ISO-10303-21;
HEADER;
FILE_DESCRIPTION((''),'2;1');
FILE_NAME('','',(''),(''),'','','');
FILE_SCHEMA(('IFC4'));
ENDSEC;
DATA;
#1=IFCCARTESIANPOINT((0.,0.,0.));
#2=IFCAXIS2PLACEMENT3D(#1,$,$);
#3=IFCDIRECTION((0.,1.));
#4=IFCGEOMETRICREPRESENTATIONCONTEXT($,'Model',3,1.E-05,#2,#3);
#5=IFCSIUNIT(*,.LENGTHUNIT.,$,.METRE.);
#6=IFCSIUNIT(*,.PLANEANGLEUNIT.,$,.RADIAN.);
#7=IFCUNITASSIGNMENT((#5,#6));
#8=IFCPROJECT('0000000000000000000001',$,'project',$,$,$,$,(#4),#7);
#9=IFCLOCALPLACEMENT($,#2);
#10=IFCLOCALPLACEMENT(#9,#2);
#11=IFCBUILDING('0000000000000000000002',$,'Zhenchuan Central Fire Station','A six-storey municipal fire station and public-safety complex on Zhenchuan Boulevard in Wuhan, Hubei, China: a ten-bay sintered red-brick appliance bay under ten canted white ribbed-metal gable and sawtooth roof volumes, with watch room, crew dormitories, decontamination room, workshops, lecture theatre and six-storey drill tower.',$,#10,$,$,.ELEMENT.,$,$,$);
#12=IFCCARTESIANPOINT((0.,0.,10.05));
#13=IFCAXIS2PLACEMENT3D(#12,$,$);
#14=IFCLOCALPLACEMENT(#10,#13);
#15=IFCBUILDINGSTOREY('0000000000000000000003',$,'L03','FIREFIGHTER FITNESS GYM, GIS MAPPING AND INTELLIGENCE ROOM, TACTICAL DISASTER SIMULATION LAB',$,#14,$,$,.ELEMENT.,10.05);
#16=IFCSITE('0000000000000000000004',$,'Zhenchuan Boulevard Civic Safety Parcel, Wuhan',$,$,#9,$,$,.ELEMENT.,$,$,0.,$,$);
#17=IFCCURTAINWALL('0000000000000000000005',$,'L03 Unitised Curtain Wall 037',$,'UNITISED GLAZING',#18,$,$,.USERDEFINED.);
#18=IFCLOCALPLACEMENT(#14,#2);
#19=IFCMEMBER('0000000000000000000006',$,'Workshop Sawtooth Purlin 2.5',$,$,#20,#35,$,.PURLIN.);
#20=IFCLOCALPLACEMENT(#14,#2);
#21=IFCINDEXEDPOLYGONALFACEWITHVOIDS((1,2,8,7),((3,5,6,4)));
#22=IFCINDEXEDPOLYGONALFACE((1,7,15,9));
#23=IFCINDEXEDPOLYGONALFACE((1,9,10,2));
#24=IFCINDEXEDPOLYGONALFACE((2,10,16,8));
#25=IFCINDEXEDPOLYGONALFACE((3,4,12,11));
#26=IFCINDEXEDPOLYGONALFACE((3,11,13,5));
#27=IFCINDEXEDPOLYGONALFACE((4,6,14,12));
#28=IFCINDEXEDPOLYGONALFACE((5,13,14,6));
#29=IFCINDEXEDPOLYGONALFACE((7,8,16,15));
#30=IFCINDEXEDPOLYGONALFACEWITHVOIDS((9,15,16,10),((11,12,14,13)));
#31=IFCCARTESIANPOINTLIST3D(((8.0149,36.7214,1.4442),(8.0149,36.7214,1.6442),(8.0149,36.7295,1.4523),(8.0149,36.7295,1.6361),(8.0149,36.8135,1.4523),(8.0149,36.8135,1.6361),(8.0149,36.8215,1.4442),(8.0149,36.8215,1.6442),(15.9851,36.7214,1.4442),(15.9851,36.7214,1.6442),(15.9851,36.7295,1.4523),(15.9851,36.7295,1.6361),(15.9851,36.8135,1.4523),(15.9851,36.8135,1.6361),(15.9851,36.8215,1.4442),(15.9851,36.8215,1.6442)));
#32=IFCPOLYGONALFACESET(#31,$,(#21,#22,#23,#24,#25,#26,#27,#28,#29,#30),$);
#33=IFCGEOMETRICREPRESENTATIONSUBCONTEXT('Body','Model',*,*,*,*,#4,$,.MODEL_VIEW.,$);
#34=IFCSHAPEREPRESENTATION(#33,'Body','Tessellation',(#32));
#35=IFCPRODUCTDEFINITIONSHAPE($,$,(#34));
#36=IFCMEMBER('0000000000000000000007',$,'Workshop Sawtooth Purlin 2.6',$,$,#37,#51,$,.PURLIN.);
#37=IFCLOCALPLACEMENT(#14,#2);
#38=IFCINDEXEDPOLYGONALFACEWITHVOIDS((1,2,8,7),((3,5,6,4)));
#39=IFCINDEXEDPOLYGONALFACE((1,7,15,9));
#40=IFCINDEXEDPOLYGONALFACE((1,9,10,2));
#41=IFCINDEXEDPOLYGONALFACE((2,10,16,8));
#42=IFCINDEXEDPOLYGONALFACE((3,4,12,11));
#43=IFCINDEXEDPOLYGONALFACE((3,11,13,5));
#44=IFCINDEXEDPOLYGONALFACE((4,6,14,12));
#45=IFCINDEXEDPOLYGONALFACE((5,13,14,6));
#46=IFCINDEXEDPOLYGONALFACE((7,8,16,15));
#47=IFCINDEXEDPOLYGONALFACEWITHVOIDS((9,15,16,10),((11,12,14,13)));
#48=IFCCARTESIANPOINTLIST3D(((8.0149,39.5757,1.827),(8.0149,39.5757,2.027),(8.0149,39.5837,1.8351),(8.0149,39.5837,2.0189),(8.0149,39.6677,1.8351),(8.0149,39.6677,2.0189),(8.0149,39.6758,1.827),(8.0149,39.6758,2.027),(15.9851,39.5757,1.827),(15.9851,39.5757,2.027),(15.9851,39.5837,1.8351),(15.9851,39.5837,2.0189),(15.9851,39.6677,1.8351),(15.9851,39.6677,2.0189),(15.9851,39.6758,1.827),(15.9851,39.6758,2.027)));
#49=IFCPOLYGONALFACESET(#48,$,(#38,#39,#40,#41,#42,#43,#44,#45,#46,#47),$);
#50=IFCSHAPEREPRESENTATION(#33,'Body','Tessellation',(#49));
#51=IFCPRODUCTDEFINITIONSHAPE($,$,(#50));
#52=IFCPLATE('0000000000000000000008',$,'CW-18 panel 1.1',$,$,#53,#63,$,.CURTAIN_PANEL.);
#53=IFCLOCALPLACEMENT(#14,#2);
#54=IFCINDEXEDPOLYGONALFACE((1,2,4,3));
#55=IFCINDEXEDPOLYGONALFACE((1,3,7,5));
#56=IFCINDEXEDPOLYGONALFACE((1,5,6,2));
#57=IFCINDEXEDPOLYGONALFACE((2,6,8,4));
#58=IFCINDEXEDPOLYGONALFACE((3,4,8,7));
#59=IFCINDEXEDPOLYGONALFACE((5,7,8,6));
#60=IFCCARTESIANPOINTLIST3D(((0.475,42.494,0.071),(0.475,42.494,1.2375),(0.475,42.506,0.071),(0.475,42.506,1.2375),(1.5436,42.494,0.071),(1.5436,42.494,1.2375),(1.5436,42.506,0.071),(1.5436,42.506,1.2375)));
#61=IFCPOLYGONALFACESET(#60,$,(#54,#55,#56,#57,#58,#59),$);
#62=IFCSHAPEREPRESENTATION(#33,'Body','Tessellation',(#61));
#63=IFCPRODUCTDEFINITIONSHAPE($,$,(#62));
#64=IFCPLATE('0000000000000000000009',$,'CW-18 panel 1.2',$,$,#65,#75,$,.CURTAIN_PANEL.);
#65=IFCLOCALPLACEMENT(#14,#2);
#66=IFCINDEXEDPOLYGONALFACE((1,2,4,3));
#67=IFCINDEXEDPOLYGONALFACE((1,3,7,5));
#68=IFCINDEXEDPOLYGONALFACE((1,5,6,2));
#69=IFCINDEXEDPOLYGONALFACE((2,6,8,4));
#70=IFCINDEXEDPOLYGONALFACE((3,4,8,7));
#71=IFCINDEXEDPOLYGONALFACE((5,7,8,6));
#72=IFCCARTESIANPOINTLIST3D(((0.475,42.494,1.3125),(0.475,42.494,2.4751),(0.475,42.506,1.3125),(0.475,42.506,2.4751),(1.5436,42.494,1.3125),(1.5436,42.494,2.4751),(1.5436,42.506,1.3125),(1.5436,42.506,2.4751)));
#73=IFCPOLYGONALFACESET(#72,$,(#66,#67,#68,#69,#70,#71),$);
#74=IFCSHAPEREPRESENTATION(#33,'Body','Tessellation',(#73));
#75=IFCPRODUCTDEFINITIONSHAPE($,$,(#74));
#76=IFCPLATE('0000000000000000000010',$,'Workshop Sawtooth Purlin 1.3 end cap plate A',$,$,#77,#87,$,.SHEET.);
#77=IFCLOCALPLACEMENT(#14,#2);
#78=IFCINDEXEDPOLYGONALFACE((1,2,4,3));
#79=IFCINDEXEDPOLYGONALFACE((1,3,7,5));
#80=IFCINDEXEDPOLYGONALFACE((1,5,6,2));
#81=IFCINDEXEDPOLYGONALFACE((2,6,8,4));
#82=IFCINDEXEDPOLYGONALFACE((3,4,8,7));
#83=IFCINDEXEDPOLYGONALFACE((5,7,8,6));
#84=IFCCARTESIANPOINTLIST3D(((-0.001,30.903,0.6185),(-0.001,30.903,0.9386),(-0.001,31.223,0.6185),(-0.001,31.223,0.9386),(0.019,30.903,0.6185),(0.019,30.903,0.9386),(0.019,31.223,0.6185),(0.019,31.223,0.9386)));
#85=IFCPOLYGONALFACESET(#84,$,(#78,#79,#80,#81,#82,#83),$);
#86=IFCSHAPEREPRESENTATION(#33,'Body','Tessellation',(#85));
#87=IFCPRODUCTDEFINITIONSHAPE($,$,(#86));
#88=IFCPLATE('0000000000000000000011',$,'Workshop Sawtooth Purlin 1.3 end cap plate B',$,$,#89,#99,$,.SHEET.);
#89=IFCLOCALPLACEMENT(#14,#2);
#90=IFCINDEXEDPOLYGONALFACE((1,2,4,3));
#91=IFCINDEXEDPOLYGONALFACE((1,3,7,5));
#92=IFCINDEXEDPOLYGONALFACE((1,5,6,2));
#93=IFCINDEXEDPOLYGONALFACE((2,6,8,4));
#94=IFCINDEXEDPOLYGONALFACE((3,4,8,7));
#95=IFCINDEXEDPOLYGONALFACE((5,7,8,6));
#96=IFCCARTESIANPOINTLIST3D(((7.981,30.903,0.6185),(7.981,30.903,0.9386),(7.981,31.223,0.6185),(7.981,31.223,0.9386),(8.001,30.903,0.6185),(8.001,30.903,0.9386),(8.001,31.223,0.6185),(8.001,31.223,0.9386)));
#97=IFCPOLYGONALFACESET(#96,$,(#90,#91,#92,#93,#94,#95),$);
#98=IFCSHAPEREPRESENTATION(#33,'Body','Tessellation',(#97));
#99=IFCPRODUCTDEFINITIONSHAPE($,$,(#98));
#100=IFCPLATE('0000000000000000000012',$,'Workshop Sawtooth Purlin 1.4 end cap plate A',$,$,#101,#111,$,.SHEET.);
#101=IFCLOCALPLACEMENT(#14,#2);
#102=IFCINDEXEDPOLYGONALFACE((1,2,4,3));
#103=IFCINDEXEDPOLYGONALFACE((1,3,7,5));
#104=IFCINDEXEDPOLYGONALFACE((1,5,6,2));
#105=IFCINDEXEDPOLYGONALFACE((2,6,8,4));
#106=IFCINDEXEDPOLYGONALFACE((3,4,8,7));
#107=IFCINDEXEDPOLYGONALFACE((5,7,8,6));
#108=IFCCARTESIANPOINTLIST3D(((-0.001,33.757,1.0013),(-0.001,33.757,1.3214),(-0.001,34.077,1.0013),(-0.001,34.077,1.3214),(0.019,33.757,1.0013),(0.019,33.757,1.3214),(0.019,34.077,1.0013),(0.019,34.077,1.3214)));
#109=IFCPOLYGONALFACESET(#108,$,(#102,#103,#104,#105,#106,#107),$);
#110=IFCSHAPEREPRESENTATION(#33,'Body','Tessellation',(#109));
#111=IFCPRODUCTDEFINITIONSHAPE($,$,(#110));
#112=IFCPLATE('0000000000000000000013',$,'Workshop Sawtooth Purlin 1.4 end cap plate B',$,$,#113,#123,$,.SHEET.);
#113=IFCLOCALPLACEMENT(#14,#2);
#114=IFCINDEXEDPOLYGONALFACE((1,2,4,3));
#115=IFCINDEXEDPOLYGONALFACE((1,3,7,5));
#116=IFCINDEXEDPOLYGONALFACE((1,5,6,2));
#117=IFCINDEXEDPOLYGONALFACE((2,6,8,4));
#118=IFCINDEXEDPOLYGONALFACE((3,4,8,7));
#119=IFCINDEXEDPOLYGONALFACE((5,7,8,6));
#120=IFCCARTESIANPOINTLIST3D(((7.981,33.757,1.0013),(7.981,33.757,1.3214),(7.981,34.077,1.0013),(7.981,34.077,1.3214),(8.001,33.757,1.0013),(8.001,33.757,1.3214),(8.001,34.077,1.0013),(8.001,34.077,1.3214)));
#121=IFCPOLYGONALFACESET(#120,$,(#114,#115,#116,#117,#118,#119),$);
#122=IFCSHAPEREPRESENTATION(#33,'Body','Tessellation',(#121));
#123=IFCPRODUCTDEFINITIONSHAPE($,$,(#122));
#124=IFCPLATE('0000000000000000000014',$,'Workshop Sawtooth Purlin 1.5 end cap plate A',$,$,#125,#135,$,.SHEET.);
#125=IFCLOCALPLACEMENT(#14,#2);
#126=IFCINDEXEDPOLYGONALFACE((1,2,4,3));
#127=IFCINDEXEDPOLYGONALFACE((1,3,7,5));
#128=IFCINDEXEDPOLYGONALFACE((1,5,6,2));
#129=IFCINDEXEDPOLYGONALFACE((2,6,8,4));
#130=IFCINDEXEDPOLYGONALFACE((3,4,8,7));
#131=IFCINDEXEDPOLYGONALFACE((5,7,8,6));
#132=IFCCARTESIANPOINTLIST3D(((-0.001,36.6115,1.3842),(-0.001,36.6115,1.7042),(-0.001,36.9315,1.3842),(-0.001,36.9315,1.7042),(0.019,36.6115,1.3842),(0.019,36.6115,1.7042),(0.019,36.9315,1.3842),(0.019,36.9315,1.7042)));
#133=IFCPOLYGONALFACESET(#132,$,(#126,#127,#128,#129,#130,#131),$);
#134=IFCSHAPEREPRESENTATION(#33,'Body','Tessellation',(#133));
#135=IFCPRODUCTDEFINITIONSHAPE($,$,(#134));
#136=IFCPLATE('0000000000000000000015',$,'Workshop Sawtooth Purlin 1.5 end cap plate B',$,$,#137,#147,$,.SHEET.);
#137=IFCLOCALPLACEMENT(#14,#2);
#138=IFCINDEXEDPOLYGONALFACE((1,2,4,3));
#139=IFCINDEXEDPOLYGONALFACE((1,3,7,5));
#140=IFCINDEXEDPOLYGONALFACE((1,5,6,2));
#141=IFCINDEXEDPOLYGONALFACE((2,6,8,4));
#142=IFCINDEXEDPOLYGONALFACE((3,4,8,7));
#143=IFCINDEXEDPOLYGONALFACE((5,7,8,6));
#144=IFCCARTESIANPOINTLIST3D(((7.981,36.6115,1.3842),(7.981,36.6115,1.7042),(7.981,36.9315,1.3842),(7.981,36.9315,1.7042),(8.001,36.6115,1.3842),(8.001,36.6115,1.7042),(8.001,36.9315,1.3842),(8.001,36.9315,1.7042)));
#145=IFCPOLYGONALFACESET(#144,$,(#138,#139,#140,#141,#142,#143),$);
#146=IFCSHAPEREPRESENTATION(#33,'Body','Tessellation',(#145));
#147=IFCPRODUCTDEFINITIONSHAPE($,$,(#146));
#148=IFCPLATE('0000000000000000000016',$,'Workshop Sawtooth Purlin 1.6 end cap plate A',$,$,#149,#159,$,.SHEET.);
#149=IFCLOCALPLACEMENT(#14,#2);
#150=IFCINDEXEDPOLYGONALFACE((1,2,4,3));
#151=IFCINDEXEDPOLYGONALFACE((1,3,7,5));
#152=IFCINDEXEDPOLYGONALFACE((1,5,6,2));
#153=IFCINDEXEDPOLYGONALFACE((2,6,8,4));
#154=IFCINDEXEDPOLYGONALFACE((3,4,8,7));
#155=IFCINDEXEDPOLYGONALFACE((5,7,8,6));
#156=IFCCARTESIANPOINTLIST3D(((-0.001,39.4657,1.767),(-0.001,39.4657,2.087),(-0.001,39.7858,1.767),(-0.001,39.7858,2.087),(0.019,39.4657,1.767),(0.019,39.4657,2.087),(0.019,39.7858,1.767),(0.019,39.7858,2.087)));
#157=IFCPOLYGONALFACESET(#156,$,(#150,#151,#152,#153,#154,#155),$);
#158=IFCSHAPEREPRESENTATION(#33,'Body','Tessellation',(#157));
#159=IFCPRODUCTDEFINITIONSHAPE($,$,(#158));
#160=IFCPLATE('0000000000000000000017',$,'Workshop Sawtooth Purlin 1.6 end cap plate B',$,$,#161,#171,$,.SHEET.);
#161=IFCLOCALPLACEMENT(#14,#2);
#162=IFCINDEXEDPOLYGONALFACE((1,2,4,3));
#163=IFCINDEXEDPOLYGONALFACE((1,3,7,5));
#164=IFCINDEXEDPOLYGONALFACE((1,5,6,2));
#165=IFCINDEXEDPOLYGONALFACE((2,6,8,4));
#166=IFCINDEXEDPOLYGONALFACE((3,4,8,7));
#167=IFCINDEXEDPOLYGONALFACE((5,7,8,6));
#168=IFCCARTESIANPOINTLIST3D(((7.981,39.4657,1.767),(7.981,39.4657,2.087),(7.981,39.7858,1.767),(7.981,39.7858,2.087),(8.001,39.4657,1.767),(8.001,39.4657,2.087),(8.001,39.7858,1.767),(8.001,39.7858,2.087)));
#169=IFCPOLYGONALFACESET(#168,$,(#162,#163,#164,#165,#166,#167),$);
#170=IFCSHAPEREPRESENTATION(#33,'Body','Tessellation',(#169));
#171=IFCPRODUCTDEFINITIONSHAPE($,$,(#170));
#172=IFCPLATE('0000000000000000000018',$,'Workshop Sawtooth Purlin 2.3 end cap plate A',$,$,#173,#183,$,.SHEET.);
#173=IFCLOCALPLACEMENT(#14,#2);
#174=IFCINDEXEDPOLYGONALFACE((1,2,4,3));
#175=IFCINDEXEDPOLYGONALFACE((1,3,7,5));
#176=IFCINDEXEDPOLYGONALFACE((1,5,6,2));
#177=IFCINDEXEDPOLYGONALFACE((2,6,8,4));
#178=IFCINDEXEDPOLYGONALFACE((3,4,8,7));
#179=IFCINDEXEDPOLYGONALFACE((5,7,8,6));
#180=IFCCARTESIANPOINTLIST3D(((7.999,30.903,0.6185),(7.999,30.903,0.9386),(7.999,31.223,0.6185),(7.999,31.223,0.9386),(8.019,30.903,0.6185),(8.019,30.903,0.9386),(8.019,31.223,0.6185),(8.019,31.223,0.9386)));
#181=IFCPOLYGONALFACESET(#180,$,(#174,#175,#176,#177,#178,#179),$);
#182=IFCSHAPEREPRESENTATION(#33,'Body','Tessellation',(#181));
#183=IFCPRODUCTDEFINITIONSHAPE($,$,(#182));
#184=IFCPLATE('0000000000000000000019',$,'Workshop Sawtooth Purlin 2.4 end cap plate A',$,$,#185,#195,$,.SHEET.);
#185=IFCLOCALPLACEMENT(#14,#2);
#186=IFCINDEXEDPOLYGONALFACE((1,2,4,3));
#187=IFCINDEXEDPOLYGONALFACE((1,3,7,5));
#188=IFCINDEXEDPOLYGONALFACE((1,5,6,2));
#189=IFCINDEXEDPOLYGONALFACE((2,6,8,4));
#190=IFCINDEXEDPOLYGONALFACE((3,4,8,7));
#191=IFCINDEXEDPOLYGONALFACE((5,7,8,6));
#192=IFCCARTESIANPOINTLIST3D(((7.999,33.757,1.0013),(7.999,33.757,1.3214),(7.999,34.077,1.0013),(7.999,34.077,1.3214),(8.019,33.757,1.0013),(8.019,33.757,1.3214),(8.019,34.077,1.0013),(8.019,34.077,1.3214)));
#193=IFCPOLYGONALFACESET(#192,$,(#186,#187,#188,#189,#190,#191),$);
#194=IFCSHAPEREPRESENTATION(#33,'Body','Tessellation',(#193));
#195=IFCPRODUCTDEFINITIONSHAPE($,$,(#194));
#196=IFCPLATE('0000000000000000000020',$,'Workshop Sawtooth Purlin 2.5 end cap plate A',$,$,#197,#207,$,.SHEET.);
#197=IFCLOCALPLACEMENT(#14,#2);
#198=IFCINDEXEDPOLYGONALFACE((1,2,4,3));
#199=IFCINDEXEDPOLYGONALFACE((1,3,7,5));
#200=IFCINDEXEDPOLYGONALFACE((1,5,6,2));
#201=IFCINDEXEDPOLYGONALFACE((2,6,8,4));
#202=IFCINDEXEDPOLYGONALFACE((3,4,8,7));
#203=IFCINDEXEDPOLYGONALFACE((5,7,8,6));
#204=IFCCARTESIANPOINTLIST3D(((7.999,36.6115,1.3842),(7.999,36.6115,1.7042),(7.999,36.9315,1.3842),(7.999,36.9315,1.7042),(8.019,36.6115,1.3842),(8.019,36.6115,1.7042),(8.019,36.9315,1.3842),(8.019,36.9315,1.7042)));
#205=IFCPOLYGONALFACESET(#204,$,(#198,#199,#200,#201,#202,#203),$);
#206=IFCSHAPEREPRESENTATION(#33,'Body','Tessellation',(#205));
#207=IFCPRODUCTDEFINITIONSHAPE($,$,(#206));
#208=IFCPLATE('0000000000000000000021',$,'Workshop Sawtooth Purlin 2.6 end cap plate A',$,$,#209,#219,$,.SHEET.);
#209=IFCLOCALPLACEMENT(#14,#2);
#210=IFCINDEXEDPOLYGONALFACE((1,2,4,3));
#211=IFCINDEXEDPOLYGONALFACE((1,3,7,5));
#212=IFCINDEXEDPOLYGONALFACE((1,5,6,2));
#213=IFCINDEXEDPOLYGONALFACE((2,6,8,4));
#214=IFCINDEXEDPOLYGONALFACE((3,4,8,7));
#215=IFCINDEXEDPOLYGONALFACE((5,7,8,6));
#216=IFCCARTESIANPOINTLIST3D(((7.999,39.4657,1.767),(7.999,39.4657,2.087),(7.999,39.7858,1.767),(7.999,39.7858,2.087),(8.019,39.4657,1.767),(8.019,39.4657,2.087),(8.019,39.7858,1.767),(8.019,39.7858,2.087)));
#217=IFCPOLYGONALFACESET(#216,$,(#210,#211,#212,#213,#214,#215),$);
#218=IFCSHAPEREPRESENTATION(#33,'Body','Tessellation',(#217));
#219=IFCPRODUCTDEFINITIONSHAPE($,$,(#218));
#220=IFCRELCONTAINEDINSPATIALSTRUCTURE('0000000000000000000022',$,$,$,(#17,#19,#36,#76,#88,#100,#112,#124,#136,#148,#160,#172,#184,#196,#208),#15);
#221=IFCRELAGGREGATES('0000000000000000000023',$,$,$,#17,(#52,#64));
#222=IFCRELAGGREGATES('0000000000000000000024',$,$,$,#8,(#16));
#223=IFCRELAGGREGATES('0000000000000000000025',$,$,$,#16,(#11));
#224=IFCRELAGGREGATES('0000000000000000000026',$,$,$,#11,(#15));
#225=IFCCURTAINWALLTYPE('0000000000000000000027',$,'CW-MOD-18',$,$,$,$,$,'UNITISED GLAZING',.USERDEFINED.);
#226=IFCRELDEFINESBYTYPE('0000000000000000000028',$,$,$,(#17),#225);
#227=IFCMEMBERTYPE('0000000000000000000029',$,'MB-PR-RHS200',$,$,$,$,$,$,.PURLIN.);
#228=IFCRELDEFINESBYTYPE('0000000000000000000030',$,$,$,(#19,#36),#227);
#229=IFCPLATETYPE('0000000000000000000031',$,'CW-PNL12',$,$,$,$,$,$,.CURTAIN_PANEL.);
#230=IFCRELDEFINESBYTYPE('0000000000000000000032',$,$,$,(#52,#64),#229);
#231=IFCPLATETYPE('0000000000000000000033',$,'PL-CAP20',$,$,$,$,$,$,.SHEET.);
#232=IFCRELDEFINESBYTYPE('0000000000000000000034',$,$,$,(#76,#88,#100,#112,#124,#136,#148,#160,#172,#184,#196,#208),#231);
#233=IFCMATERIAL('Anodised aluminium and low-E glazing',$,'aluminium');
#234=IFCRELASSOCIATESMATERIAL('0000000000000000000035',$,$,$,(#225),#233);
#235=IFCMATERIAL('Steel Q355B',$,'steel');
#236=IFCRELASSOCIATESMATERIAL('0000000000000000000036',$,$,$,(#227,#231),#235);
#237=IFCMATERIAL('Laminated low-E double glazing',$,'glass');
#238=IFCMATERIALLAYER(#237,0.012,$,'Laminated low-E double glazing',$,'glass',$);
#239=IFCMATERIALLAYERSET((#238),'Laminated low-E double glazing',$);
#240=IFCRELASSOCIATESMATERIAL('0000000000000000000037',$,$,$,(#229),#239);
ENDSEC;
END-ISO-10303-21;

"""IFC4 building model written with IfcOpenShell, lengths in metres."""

from ifc_helpers import new_model, si_unit, direction, frame, origin, origin_2d, place, context, subcontext, project, spatial, rectangle, hollow_rectangle, extrude, material, layer, layer_set, material_profile, profile_set, type_object, element, aggregate, save


model = new_model("IFC4")

# Units and contexts
model_context = context("Model", 3, precision=1e-05, world=origin(), true_north=direction((0.0, 1.0)))
body_context = subcontext(model_context, "Body", "Model", "MODEL_VIEW")
ifc_project = project(units=[si_unit("LENGTHUNIT", "METRE"), si_unit("PLANEANGLEUNIT", "RADIAN")], contexts=[model_context])

# Site, building, storey
site_placement = place(None, origin())
site = spatial("IfcSite", under=ifc_project, at=site_placement, Name="Zhenchuan Boulevard Civic Safety Parcel, Wuhan", CompositionType="ELEMENT", RefElevation=0.0)
building_placement = place(site_placement, origin())
building = spatial("IfcBuilding", under=site, at=building_placement, Name="Zhenchuan Central Fire Station", Description="A six-storey municipal fire station and public-safety complex on Zhenchuan Boulevard in Wuhan, Hubei, China: a ten-bay sintered red-brick appliance bay under ten canted white ribbed-metal gable and sawtooth roof volumes, with watch room, crew dormitories, decontamination room, workshops, lecture theatre and six-storey drill tower.", CompositionType="ELEMENT")
storey_placement = place(building_placement, frame((0.0, 0.0, 10.05)))
storey = spatial("IfcBuildingStorey", under=building, at=storey_placement, Name="L03", Description="FIREFIGHTER FITNESS GYM, GIS MAPPING AND INTELLIGENCE ROOM, TACTICAL DISASTER SIMULATION LAB", CompositionType="ELEMENT", Elevation=10.05)

# Shared definitions
ifc_material_1 = material(Name="Steel Q355B", Category="steel")

# Curtain wall
ifc_material_2 = material(Name="Anodised aluminium and low-E glazing", Category="aluminium")
curtain_wall_type = type_object("IfcCurtainWallType", Name="CW-MOD-18", ElementType="UNITISED GLAZING", PredefinedType="USERDEFINED", material=ifc_material_2)
curtain_wall_placement = place(storey_placement, origin())
curtain_wall = element("IfcCurtainWall", 1, at=curtain_wall_placement, inside=storey, type_object=curtain_wall_type, Name="L03 Unitised Curtain Wall 037", ObjectType="UNITISED GLAZING", PredefinedType="USERDEFINED")

# Members
ifc_material_profile_1 = material_profile(ifc_material_1, hollow_rectangle(XDim=0.1001, YDim=0.2, WallThickness=0.0081, at=origin_2d()), Name="RHS 200x100x8")
ifc_profile_set_1 = profile_set([ifc_material_profile_1], Name="Steel Q355B")
member_type_1 = type_object("IfcMemberType", Name="MB-PR-RHS200", PredefinedType="PURLIN", material=ifc_profile_set_1)
for number, where, z_axis, x_axis, name in (
    (2, (8.0149, 36.7715, 1.5442), (1.0, 0.0, 0.0), (0.0, 1.0, 0.0), "Workshop Sawtooth Purlin 2.5"),
    (3, (8.0149, 39.6257, 1.927), (1.0, 0.0, 0.0), (0.0, 1.0, 0.0), "Workshop Sawtooth Purlin 2.6"),
):
    element("IfcMember", number, at=place(storey_placement, frame(where, z_axis=z_axis, x_axis=x_axis)), inside=storey, type_object=member_type_1, Name=name, PredefinedType="PURLIN", context=body_context, shape_type="SweptSolid", body=[
        extrude(hollow_rectangle(XDim=0.1001, YDim=0.2, WallThickness=0.0081, at=origin_2d()), origin(), (0.0, 0.0, 1.0), 7.9702),
    ])

# Plates
ifc_material_3 = material(Name="Laminated low-E double glazing", Category="glass")
ifc_layer = layer(ifc_material_3, 0.012, Name="Laminated low-E double glazing", Category="glass")
ifc_layer_set = layer_set([ifc_layer], Name="Laminated low-E double glazing")
plate_type_1 = type_object("IfcPlateType", Name="CW-PNL12", PredefinedType="CURTAIN_PANEL", material=ifc_layer_set)
plate_1_placement = place(storey_placement, frame((1.0093, 42.5, 0.071), z_axis=(0.0, 0.0, 1.0), x_axis=(1.0, 0.0, 0.0)))
plate_1 = element("IfcPlate", 4, at=plate_1_placement, type_object=plate_type_1, Name="CW-18 panel 1.1", PredefinedType="CURTAIN_PANEL", context=body_context, shape_type="SweptSolid", body=[
    extrude(rectangle(XDim=1.0686, YDim=0.012, at=origin_2d()), origin(), (0.0, 0.0, 1.0), 1.1665),
])
plate_2_placement = place(storey_placement, frame((1.0093, 42.5, 1.3125), z_axis=(0.0, 0.0, 1.0), x_axis=(1.0, 0.0, 0.0)))
plate_2 = element("IfcPlate", 5, at=plate_2_placement, type_object=plate_type_1, Name="CW-18 panel 1.2", PredefinedType="CURTAIN_PANEL", context=body_context, shape_type="SweptSolid", body=[
    extrude(rectangle(XDim=1.0686, YDim=0.012, at=origin_2d()), origin(), (0.0, 0.0, 1.0), 1.1626),
])
aggregate(curtain_wall, [plate_1, plate_2])

# Plates
ifc_material_profile_2 = material_profile(ifc_material_1, rectangle(XDim=0.3201, YDim=0.3201, at=origin_2d()), Name="PL 320x320x20")
ifc_profile_set_2 = profile_set([ifc_material_profile_2], Name="Steel Q355B")
plate_type_2 = type_object("IfcPlateType", Name="PL-CAP20", PredefinedType="SHEET", material=ifc_profile_set_2)
for number, where, z_axis, x_axis, name in (
    (6, (-0.001, 31.063, 0.7786), (1.0, 0.0, 0.0), (0.0, 1.0, 0.0), "Workshop Sawtooth Purlin 1.3 end cap plate A"),
    (7, (7.981, 31.063, 0.7786), (1.0, 0.0, 0.0), (0.0, 1.0, 0.0), "Workshop Sawtooth Purlin 1.3 end cap plate B"),
    (8, (-0.001, 33.917, 1.1614), (1.0, 0.0, 0.0), (0.0, 1.0, 0.0), "Workshop Sawtooth Purlin 1.4 end cap plate A"),
    (9, (7.981, 33.917, 1.1614), (1.0, 0.0, 0.0), (0.0, 1.0, 0.0), "Workshop Sawtooth Purlin 1.4 end cap plate B"),
    (10, (-0.001, 36.7715, 1.5442), (1.0, 0.0, 0.0), (0.0, 1.0, 0.0), "Workshop Sawtooth Purlin 1.5 end cap plate A"),
    (11, (7.981, 36.7715, 1.5442), (1.0, 0.0, 0.0), (0.0, 1.0, 0.0), "Workshop Sawtooth Purlin 1.5 end cap plate B"),
    (12, (-0.001, 39.6257, 1.927), (1.0, 0.0, 0.0), (0.0, 1.0, 0.0), "Workshop Sawtooth Purlin 1.6 end cap plate A"),
    (13, (7.981, 39.6257, 1.927), (1.0, 0.0, 0.0), (0.0, 1.0, 0.0), "Workshop Sawtooth Purlin 1.6 end cap plate B"),
    (14, (7.999, 31.063, 0.7786), (1.0, 0.0, 0.0), (0.0, 1.0, 0.0), "Workshop Sawtooth Purlin 2.3 end cap plate A"),
    (15, (7.999, 33.917, 1.1614), (1.0, 0.0, 0.0), (0.0, 1.0, 0.0), "Workshop Sawtooth Purlin 2.4 end cap plate A"),
    (16, (7.999, 36.7715, 1.5442), (1.0, 0.0, 0.0), (0.0, 1.0, 0.0), "Workshop Sawtooth Purlin 2.5 end cap plate A"),
    (17, (7.999, 39.6257, 1.927), (1.0, 0.0, 0.0), (0.0, 1.0, 0.0), "Workshop Sawtooth Purlin 2.6 end cap plate A"),
):
    element("IfcPlate", number, at=place(storey_placement, frame(where, z_axis=z_axis, x_axis=x_axis)), inside=storey, type_object=plate_type_2, Name=name, PredefinedType="SHEET", context=body_context, shape_type="SweptSolid", body=[
        extrude(rectangle(XDim=0.3201, YDim=0.3201, at=origin_2d()), origin(), (0.0, 0.0, 1.0), 0.02),
    ])

save(model, "model.ifc")
